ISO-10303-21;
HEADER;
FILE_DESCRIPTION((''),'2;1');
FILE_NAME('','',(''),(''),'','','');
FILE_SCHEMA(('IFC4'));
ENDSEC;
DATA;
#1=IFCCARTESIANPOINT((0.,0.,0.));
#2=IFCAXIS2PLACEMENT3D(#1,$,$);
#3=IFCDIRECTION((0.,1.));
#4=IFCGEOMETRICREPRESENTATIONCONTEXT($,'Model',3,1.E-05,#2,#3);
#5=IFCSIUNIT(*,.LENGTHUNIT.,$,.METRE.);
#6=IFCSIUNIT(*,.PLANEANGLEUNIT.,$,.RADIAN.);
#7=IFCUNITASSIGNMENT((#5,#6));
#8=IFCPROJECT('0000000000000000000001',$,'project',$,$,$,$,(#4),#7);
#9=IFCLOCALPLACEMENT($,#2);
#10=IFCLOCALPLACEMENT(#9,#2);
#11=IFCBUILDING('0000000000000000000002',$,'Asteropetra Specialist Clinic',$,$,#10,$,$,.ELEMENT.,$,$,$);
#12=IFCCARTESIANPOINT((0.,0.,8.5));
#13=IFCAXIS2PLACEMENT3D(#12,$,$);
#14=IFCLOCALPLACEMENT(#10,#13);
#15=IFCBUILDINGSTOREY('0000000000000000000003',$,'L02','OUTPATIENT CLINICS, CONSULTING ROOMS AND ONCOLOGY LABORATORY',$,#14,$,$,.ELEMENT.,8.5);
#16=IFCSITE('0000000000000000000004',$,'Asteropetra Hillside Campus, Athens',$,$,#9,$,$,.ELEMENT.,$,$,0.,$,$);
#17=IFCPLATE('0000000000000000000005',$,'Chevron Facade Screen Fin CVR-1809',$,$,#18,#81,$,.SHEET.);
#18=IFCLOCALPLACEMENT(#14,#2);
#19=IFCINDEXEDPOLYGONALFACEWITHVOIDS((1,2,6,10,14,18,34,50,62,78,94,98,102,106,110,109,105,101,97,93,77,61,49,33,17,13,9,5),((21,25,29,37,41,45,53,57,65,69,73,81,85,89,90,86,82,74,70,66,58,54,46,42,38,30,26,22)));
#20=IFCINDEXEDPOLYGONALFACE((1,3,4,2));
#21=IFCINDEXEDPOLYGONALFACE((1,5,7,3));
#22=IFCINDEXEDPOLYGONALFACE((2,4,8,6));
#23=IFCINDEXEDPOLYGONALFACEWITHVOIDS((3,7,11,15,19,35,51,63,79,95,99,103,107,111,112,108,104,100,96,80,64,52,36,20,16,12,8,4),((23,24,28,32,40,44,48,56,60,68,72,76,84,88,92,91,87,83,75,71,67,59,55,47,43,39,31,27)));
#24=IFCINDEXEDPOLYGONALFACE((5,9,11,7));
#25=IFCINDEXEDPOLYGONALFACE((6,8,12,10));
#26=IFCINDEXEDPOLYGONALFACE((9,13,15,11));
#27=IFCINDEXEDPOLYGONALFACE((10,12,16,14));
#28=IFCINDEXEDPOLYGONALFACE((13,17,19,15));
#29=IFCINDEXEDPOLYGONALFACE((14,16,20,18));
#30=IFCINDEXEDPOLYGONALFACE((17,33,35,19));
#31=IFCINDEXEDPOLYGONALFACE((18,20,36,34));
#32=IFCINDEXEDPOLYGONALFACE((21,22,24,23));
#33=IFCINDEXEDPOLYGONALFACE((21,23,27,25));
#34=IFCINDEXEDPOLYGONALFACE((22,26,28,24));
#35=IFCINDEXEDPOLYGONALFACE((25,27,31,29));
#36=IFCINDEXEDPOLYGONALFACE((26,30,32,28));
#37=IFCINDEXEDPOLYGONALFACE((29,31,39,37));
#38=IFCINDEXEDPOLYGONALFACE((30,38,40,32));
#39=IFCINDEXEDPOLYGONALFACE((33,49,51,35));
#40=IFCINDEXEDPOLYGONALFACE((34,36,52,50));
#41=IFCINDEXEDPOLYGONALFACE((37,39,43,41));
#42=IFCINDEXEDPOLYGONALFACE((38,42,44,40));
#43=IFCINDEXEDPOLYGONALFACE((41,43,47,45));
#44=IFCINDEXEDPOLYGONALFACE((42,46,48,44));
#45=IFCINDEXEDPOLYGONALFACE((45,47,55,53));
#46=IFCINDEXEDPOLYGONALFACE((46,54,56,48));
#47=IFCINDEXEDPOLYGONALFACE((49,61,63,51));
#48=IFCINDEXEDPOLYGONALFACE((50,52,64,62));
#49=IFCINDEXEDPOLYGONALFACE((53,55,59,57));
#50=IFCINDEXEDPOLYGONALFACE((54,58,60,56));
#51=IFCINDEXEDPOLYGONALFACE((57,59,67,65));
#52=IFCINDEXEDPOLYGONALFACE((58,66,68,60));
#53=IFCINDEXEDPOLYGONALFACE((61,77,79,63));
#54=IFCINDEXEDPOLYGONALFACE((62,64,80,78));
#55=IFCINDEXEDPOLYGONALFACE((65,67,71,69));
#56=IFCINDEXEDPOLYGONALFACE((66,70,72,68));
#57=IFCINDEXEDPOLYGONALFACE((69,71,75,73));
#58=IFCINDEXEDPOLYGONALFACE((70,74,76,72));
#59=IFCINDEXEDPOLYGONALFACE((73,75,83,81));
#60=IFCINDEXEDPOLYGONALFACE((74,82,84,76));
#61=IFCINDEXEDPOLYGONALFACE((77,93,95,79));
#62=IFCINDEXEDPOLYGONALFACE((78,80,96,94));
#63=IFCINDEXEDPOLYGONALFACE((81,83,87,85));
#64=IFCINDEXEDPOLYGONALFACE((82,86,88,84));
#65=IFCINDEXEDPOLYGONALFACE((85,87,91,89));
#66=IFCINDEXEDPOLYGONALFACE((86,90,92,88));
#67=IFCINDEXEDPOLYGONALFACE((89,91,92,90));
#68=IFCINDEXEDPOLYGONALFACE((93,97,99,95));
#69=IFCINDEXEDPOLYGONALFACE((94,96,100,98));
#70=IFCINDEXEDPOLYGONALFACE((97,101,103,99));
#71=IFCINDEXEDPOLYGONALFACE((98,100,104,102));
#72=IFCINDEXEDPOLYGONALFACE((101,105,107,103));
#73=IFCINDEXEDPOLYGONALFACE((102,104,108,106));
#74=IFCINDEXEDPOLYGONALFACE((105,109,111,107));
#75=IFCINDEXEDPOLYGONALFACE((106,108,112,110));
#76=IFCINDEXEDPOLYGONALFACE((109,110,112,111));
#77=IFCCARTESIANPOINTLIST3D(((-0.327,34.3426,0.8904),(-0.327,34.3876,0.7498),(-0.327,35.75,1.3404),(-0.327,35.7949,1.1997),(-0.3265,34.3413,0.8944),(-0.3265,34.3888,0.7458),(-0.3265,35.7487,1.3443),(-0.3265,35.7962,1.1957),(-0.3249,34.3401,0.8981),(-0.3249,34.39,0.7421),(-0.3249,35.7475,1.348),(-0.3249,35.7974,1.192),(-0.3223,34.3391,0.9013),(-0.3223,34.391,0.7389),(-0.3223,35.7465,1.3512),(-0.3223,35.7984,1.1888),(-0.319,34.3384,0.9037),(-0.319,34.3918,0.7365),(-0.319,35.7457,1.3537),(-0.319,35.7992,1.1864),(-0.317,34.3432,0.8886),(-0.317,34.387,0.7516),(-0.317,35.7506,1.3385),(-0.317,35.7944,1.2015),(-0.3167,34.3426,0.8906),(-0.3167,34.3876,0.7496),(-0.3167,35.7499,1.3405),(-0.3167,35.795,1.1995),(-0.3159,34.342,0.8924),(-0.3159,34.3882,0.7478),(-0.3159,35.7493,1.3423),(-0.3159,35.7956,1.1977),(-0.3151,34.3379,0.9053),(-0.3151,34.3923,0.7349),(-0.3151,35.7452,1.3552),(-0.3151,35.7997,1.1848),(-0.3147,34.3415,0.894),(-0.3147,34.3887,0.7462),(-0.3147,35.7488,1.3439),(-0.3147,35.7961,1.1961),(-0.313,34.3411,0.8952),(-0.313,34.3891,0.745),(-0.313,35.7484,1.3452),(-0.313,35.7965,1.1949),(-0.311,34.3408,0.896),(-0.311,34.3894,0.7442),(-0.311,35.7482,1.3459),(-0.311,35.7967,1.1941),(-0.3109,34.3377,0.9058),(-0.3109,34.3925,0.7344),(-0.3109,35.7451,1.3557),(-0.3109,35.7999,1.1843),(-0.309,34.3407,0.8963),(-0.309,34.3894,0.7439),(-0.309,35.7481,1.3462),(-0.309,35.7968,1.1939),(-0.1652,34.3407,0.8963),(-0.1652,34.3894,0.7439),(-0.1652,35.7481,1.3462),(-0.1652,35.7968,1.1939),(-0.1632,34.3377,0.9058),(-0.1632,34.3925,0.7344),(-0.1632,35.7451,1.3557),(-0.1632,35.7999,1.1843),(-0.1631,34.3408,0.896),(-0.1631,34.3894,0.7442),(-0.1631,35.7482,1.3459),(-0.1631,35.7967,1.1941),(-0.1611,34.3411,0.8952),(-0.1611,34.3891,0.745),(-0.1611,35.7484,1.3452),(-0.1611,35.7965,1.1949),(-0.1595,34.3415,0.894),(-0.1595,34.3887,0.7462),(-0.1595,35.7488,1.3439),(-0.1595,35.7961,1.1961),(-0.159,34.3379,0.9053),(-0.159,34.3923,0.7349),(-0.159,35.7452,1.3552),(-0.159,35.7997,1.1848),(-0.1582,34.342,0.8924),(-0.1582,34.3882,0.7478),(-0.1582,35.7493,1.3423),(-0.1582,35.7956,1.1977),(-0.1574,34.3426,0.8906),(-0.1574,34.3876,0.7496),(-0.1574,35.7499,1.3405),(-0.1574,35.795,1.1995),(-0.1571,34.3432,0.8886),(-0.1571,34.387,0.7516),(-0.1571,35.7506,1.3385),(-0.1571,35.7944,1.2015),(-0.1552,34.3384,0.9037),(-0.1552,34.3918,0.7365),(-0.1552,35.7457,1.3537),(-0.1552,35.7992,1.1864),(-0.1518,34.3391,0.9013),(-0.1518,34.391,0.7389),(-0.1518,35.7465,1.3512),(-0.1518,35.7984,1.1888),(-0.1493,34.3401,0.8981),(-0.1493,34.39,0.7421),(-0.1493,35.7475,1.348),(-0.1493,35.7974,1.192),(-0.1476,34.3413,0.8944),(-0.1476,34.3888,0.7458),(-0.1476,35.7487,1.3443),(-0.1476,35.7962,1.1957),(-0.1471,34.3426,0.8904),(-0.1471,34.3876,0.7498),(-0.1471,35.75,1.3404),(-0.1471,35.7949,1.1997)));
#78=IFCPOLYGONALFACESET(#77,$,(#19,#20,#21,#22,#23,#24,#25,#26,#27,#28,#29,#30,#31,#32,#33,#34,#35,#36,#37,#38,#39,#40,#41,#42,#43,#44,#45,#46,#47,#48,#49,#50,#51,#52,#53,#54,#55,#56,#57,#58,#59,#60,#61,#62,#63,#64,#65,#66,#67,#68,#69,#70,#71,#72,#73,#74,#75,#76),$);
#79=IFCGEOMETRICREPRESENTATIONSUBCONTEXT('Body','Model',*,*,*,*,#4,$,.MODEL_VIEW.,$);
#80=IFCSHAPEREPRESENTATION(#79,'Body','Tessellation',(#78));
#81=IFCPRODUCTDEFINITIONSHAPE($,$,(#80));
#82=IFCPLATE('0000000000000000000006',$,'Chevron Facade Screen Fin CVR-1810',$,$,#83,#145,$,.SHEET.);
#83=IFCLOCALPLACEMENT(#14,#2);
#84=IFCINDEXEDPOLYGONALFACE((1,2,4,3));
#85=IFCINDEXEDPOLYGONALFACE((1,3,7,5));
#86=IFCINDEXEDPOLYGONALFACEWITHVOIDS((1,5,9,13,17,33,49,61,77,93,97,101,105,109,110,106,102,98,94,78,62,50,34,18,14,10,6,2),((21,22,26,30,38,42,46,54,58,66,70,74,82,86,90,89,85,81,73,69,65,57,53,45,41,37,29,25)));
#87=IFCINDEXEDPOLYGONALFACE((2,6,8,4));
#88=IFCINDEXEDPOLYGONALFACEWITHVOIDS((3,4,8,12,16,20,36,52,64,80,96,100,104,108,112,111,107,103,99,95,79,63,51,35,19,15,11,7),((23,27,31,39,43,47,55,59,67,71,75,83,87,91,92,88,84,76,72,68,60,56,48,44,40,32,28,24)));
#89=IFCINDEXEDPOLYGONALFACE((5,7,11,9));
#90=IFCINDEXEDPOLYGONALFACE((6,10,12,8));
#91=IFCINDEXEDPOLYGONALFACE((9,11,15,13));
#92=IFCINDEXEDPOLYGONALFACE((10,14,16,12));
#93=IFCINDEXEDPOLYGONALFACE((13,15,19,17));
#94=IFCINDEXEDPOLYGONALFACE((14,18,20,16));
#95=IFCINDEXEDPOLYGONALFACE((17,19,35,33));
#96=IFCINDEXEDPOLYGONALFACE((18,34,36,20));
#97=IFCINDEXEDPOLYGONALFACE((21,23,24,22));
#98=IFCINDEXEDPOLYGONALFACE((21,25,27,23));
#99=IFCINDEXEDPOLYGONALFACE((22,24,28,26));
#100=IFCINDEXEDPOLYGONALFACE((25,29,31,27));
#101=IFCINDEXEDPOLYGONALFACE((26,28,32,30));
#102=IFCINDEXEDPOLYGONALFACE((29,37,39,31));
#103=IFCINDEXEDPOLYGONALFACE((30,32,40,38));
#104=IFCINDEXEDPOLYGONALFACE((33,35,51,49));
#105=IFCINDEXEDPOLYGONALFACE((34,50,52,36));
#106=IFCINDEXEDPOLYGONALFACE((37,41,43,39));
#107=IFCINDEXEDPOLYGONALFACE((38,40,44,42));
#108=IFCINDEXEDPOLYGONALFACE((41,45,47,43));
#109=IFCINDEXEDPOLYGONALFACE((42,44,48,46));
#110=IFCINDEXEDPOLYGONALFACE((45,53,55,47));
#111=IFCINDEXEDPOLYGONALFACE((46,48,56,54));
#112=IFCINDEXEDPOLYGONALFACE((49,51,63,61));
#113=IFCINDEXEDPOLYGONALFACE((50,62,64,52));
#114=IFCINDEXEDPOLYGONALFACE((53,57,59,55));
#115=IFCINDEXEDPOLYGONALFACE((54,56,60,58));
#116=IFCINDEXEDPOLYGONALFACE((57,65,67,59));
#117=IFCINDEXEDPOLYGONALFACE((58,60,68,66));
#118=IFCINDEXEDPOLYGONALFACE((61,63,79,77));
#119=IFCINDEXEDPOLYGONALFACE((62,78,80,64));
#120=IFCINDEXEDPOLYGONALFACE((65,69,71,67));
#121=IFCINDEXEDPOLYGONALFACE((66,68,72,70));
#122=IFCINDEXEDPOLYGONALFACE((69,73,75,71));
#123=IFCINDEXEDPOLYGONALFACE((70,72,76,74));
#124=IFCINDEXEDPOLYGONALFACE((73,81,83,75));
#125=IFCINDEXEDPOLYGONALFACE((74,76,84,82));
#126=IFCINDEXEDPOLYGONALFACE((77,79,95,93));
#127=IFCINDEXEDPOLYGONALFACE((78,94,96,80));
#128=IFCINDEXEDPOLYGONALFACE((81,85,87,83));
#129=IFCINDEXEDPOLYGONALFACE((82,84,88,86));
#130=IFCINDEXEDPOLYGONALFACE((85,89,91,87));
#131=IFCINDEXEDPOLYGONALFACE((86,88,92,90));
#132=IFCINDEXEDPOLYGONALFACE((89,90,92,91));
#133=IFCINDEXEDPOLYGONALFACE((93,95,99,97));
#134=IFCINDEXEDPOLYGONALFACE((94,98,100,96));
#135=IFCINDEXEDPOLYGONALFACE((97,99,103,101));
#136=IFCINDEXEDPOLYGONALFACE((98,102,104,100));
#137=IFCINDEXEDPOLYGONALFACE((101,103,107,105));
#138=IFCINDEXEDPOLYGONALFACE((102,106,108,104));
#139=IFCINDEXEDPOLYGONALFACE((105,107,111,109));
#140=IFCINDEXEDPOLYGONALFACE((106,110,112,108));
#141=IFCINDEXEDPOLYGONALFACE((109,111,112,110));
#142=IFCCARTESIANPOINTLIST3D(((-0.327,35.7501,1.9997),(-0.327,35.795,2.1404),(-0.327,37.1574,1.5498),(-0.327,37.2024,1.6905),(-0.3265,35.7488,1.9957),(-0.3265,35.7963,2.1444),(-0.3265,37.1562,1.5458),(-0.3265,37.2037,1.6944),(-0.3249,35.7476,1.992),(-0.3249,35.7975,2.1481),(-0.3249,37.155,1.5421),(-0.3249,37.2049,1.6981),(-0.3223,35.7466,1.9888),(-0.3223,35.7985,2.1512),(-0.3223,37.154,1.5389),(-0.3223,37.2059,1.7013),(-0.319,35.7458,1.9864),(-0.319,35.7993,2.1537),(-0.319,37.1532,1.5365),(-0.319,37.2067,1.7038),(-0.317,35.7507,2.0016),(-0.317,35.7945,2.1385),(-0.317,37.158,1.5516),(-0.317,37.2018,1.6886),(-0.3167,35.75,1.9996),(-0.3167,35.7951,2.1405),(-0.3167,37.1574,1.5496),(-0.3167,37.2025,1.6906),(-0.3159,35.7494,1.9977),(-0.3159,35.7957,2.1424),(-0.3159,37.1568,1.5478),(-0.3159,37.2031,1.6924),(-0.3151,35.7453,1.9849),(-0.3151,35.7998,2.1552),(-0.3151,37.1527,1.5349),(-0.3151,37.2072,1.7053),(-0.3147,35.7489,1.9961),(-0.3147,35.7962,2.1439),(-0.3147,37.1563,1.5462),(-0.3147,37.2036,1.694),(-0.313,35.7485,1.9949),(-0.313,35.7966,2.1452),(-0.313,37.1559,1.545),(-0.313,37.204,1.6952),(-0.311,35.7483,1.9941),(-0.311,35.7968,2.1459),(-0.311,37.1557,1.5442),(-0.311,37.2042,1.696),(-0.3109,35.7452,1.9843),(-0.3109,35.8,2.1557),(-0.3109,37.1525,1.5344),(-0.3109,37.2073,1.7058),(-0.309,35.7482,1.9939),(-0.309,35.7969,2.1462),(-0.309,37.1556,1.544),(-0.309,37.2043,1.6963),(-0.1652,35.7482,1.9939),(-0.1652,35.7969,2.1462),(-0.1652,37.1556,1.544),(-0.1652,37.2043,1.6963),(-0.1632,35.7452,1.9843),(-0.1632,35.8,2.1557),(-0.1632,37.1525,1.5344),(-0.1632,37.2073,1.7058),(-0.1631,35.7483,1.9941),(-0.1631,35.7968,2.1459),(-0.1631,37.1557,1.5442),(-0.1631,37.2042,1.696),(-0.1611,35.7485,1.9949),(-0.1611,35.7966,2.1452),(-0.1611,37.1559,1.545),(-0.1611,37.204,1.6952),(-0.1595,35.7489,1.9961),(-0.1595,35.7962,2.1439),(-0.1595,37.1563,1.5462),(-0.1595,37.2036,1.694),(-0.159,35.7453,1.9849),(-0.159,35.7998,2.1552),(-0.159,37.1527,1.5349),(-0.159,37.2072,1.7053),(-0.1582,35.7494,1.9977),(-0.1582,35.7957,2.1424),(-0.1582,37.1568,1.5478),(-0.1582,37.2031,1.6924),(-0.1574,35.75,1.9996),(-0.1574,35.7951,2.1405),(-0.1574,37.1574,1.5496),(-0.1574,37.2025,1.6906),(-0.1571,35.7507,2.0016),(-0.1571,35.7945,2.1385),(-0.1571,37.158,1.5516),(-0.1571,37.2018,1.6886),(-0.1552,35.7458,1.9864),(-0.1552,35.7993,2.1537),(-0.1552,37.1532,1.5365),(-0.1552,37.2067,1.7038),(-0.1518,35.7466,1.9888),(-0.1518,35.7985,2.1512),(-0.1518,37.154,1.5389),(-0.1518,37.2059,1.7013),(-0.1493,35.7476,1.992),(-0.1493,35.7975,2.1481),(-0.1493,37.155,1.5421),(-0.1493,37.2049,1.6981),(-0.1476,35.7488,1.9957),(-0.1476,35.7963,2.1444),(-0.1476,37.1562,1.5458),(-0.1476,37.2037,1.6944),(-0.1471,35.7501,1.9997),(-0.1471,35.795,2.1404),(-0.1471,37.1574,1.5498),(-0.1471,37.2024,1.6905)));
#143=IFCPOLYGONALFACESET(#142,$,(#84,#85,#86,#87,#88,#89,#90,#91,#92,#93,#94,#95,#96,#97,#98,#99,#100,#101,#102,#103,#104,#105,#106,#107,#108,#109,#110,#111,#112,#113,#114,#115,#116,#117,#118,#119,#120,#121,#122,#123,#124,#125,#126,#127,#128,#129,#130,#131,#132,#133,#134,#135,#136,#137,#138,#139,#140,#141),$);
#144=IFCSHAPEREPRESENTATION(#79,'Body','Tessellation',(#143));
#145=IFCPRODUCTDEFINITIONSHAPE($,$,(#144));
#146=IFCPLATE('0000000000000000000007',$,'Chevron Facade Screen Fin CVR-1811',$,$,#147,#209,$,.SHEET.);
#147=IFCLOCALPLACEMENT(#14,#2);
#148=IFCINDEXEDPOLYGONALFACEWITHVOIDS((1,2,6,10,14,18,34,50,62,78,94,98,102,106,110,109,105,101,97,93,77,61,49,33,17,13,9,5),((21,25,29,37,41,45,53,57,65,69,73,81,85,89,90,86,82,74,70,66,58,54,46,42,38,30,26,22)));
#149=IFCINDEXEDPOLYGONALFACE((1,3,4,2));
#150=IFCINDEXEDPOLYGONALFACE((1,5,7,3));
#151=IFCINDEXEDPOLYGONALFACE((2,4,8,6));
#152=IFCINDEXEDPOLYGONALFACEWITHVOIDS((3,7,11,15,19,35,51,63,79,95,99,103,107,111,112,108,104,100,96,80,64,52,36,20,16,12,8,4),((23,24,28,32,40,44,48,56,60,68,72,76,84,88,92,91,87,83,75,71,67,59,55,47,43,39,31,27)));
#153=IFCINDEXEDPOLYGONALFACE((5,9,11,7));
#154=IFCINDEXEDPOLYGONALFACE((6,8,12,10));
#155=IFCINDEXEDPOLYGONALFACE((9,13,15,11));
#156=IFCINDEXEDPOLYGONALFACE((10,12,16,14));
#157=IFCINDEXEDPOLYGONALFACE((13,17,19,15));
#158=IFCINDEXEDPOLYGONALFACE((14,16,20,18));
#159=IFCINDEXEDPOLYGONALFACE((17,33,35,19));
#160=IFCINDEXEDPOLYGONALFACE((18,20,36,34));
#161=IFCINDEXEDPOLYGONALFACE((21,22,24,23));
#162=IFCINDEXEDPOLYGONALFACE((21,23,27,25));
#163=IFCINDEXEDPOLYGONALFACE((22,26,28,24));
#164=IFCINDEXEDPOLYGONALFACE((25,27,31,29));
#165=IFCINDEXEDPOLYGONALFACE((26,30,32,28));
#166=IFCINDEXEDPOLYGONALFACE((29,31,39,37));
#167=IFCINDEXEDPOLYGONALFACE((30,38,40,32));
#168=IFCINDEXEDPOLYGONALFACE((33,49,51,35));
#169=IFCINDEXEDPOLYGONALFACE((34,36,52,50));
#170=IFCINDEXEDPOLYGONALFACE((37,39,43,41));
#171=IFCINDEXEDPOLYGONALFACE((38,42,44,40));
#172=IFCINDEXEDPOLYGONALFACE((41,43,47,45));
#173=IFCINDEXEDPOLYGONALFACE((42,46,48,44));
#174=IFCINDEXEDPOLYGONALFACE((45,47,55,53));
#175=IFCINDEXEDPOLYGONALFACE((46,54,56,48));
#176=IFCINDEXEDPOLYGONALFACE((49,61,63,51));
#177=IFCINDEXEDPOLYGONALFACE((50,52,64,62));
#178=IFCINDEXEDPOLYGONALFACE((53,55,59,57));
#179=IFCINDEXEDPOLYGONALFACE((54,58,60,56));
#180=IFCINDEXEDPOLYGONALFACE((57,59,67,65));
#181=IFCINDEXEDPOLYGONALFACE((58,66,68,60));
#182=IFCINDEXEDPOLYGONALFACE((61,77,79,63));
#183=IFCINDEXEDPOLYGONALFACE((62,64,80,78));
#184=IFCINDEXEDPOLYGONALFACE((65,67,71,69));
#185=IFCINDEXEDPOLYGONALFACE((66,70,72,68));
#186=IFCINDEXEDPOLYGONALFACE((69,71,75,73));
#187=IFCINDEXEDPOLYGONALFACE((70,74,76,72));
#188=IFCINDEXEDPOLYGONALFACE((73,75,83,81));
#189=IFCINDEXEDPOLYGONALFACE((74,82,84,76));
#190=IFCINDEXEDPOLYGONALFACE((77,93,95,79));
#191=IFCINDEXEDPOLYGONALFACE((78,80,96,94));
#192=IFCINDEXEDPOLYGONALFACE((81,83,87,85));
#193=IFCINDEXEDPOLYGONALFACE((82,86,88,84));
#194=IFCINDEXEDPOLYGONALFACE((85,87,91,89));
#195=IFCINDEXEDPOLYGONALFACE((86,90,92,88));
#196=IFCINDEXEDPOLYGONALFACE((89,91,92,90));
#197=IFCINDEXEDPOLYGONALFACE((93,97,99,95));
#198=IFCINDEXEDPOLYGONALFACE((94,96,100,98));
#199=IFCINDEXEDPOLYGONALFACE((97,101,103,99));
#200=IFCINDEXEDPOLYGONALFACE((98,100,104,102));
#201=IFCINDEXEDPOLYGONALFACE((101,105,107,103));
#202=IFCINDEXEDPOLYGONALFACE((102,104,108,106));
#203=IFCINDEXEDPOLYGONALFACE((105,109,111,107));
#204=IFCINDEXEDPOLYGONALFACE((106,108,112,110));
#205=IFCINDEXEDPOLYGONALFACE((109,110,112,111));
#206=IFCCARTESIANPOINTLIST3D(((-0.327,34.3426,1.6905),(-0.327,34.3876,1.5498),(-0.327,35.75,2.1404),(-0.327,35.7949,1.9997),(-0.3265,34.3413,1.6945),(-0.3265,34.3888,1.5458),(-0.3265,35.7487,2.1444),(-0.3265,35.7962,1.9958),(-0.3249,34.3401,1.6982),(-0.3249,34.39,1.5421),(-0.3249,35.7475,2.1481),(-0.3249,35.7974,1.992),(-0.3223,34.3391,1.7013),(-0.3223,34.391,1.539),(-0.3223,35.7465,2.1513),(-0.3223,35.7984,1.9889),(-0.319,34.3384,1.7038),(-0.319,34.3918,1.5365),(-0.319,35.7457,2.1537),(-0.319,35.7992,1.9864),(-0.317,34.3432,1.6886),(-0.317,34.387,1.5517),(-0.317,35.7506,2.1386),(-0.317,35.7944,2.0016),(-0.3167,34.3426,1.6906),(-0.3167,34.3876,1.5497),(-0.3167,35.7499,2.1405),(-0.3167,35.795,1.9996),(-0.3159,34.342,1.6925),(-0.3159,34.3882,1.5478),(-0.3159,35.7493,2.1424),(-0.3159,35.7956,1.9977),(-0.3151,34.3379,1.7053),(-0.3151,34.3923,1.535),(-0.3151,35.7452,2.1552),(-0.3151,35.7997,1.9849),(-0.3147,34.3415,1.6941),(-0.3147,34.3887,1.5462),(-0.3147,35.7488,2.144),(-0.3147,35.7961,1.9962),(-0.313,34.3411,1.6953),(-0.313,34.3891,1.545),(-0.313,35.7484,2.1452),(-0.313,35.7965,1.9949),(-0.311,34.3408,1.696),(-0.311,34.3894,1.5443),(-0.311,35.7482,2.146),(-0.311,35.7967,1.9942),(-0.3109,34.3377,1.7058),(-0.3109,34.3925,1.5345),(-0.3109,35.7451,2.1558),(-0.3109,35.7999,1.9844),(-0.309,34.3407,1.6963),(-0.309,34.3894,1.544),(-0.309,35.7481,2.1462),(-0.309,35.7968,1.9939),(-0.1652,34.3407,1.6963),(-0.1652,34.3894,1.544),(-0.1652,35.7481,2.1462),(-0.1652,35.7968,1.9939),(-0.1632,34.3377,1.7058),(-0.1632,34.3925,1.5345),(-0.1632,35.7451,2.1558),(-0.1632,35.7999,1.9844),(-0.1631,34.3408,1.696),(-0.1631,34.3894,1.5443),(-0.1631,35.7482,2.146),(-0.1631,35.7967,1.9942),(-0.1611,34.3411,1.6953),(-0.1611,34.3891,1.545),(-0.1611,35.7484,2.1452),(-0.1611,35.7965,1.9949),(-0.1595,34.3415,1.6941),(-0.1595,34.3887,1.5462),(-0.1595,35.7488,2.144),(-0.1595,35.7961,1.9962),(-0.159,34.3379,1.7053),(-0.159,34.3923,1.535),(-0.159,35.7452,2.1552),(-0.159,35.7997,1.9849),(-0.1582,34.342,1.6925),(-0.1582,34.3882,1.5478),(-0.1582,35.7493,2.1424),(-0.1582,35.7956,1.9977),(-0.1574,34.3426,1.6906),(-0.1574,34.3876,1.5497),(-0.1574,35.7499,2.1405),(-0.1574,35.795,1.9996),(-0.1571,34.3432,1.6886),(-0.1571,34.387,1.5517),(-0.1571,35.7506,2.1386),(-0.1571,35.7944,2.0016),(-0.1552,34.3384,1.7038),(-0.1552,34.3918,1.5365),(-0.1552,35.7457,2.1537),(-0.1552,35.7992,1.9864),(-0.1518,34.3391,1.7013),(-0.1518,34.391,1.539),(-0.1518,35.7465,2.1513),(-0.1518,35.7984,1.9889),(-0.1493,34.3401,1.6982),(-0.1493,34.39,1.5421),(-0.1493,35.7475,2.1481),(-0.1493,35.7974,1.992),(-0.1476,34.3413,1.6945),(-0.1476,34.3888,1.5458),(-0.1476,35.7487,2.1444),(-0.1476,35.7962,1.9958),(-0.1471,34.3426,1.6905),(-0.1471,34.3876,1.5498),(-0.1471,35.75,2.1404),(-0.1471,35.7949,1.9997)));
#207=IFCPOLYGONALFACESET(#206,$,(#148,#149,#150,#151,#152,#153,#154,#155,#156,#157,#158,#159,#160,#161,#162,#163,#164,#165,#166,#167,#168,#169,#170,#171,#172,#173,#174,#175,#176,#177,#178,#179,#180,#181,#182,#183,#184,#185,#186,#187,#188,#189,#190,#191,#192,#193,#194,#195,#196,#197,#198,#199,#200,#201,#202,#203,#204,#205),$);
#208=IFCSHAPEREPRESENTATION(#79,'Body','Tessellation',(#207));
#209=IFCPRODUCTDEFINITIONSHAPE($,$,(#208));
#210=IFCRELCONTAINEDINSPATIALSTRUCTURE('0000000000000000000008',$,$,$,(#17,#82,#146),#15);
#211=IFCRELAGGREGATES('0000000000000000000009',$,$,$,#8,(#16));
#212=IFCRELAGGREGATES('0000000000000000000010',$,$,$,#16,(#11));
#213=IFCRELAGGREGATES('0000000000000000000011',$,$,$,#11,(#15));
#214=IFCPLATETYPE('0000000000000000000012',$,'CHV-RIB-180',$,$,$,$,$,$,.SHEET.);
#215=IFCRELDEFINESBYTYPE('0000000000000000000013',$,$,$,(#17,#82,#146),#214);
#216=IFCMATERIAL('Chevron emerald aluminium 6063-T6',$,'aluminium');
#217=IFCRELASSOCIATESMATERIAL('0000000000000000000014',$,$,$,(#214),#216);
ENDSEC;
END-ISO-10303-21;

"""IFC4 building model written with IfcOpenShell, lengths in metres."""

from ifc_helpers import new_model, si_unit, direction, frame, origin, origin_2d, place, context, subcontext, project, spatial, hollow_rectangle, extrude, material, material_profile, profile_set, type_object, element, save


model = new_model("IFC4")

# Units and contexts
model_context = context("Model", 3, precision=1e-05, world=origin(), true_north=direction((0.0, 1.0)))
body_context = subcontext(model_context, "Body", "Model", "MODEL_VIEW")
ifc_project = project(units=[si_unit("LENGTHUNIT", "METRE"), si_unit("PLANEANGLEUNIT", "RADIAN")], contexts=[model_context])

# Site, building, storey
site_placement = place(None, origin())
site = spatial("IfcSite", under=ifc_project, at=site_placement, Name="Asteropetra Hillside Campus, Athens", CompositionType="ELEMENT", RefElevation=0.0)
building_placement = place(site_placement, origin())
building = spatial("IfcBuilding", under=site, at=building_placement, Name="Asteropetra Specialist Clinic", CompositionType="ELEMENT")
storey_placement = place(building_placement, frame((0.0, 0.0, 8.5)))
storey = spatial("IfcBuildingStorey", under=building, at=storey_placement, Name="L02", Description="OUTPATIENT CLINICS, CONSULTING ROOMS AND ONCOLOGY LABORATORY", CompositionType="ELEMENT", Elevation=8.5)

# Plates
ifc_material_1 = material(Name="Chevron emerald aluminium 6063-T6", Category="aluminium")
ifc_material_profile = material_profile(ifc_material_1, hollow_rectangle(XDim=0.1799, YDim=0.1799, WallThickness=0.01, InnerFilletRadius=0.0081, OuterFilletRadius=0.0161, at=origin_2d()), Name="SHS 180x180x10.0")
ifc_profile_set = profile_set([ifc_material_profile], Name="Chevron emerald aluminium 6063-T6")
plate_type_1 = type_object("IfcPlateType", Name="CHV-RIB-180", PredefinedType="SHEET", material=ifc_profile_set)
for number, where, z_axis, x_axis, name in (
    (1, (-0.2371, 35.7725, 1.27), (0.0, -0.95251, -0.304506), (1.0, 0.0, 0.0), "Chevron Facade Screen Fin CVR-1809"),
    (2, (-0.2371, 37.1799, 1.6201), (0.0, -0.95251, 0.304506), (1.0, 0.0, 0.0), "Chevron Facade Screen Fin CVR-1810"),
    (3, (-0.2371, 35.7725, 2.0701), (0.0, -0.95251, -0.304506), (1.0, 0.0, 0.0), "Chevron Facade Screen Fin CVR-1811"),
):
    element("IfcPlate", number, at=place(storey_placement, frame(where, z_axis=z_axis, x_axis=x_axis)), inside=storey, type_object=plate_type_1, Name=name, PredefinedType="SHEET", context=body_context, shape_type="SweptSolid", body=[
        extrude(hollow_rectangle(XDim=0.1799, YDim=0.1799, WallThickness=0.01, InnerFilletRadius=0.0081, OuterFilletRadius=0.0161, at=origin_2d()), origin(), (0.0, 0.0, 1.0), 1.4775),
    ])

save(model, "model.ifc")
